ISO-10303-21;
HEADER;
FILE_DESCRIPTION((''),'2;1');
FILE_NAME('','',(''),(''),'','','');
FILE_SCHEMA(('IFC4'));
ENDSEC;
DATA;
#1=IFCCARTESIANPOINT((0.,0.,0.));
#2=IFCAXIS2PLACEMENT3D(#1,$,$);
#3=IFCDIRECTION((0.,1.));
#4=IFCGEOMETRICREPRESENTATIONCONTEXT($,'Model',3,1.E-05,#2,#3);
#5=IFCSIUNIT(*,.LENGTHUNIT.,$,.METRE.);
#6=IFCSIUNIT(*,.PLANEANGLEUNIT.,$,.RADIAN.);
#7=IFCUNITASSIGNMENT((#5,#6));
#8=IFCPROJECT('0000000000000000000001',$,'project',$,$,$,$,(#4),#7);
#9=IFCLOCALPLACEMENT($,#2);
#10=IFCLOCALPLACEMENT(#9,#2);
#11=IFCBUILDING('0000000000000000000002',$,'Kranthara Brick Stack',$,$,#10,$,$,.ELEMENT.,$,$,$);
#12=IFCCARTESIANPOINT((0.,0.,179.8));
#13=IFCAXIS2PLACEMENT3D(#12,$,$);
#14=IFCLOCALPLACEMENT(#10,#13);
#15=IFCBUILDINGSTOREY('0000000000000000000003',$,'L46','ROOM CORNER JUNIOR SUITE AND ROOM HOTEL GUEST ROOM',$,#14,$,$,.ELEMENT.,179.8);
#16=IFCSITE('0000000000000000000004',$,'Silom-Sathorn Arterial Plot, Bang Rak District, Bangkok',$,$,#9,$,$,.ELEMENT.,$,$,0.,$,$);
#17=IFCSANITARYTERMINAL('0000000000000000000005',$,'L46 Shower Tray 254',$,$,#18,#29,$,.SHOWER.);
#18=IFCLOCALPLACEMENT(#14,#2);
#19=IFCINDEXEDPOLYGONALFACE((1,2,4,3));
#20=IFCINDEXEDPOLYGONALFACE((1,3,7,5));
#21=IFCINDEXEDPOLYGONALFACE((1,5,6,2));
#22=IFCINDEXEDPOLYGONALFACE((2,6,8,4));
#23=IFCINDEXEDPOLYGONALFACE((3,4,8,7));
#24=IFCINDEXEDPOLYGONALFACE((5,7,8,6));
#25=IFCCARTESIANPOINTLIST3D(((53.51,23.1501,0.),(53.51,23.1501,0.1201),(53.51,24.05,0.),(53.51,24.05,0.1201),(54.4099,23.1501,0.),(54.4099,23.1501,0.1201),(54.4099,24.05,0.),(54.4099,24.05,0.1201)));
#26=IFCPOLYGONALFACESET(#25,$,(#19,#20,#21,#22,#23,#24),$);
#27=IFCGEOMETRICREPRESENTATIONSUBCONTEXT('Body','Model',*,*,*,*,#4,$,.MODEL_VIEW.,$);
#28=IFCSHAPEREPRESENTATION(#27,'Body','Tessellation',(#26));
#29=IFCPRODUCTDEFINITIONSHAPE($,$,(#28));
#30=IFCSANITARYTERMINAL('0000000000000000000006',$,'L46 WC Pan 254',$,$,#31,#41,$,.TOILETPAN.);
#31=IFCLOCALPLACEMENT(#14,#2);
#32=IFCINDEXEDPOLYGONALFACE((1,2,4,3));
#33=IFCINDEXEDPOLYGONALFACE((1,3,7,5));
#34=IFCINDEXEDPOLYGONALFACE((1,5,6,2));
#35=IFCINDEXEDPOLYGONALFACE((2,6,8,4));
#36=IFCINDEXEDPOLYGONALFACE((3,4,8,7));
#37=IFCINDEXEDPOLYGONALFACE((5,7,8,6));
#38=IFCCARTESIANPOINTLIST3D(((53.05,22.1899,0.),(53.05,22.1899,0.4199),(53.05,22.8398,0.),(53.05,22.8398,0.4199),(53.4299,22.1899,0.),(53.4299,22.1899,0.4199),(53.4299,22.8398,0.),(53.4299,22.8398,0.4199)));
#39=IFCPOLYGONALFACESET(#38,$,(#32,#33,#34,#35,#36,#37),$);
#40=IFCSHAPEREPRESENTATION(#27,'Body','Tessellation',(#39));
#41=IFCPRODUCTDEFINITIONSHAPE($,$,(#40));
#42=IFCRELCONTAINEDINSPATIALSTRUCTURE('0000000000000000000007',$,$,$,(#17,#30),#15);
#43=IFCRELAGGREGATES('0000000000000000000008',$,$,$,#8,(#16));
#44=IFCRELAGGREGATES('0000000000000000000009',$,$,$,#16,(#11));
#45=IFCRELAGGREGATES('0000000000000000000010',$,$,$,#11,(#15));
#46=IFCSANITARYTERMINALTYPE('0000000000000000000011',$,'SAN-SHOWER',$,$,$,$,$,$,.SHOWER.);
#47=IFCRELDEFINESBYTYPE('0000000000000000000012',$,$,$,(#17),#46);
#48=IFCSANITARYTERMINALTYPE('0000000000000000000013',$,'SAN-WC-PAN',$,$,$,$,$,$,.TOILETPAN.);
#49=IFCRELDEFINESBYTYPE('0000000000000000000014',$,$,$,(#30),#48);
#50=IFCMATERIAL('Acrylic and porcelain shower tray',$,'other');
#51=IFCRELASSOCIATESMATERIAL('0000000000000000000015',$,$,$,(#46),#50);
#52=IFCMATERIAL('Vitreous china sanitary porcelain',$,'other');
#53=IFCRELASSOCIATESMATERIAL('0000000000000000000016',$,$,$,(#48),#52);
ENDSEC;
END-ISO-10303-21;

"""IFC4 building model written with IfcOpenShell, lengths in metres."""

from ifc_helpers import new_model, si_unit, direction, frame, origin, origin_2d, place, context, subcontext, project, spatial, rectangle, extrude, material, type_object, element, save


model = new_model("IFC4")

# Units and contexts
model_context = context("Model", 3, precision=1e-05, world=origin(), true_north=direction((0.0, 1.0)))
body_context = subcontext(model_context, "Body", "Model", "MODEL_VIEW")
ifc_project = project(units=[si_unit("LENGTHUNIT", "METRE"), si_unit("PLANEANGLEUNIT", "RADIAN")], contexts=[model_context])

# Site, building, storey
site_placement = place(None, origin())
site = spatial("IfcSite", under=ifc_project, at=site_placement, Name="Silom-Sathorn Arterial Plot, Bang Rak District, Bangkok", CompositionType="ELEMENT", RefElevation=0.0)
building_placement = place(site_placement, origin())
building = spatial("IfcBuilding", under=site, at=building_placement, Name="Kranthara Brick Stack", CompositionType="ELEMENT")
storey_placement = place(building_placement, frame((0.0, 0.0, 179.8)))
storey = spatial("IfcBuildingStorey", under=building, at=storey_placement, Name="L46", Description="ROOM CORNER JUNIOR SUITE AND ROOM HOTEL GUEST ROOM", CompositionType="ELEMENT", Elevation=179.8)

# Sanitary terminals
ifc_material_1 = material(Name="Acrylic and porcelain shower tray", Category="other")
sanitary_terminal_type_1 = type_object("IfcSanitaryTerminalType", Name="SAN-SHOWER", PredefinedType="SHOWER", material=ifc_material_1)
sanitary_terminal_1_placement = place(storey_placement, frame((53.96, 23.6001, 0.0), z_axis=(0.0, 0.0, 1.0), x_axis=(1.0, 0.0, 0.0)))
element("IfcSanitaryTerminal", 1, at=sanitary_terminal_1_placement, inside=storey, type_object=sanitary_terminal_type_1, Name="L46 Shower Tray 254", PredefinedType="SHOWER", context=body_context, shape_type="SweptSolid", body=[
    extrude(rectangle(XDim=0.8999, YDim=0.8999, at=origin_2d()), origin(), (0.0, 0.0, 1.0), 0.1201),
])
ifc_material_2 = material(Name="Vitreous china sanitary porcelain", Category="other")
sanitary_terminal_type_2 = type_object("IfcSanitaryTerminalType", Name="SAN-WC-PAN", PredefinedType="TOILETPAN", material=ifc_material_2)
sanitary_terminal_2_placement = place(storey_placement, frame((53.24, 22.5149, 0.0), z_axis=(0.0, 0.0, 1.0), x_axis=(1.0, 0.0, 0.0)))
element("IfcSanitaryTerminal", 2, at=sanitary_terminal_2_placement, inside=storey, type_object=sanitary_terminal_type_2, Name="L46 WC Pan 254", PredefinedType="TOILETPAN", context=body_context, shape_type="SweptSolid", body=[
    extrude(rectangle(XDim=0.3799, YDim=0.6499, at=origin_2d()), origin(), (0.0, 0.0, 1.0), 0.4199),
])

save(model, "model.ifc")
